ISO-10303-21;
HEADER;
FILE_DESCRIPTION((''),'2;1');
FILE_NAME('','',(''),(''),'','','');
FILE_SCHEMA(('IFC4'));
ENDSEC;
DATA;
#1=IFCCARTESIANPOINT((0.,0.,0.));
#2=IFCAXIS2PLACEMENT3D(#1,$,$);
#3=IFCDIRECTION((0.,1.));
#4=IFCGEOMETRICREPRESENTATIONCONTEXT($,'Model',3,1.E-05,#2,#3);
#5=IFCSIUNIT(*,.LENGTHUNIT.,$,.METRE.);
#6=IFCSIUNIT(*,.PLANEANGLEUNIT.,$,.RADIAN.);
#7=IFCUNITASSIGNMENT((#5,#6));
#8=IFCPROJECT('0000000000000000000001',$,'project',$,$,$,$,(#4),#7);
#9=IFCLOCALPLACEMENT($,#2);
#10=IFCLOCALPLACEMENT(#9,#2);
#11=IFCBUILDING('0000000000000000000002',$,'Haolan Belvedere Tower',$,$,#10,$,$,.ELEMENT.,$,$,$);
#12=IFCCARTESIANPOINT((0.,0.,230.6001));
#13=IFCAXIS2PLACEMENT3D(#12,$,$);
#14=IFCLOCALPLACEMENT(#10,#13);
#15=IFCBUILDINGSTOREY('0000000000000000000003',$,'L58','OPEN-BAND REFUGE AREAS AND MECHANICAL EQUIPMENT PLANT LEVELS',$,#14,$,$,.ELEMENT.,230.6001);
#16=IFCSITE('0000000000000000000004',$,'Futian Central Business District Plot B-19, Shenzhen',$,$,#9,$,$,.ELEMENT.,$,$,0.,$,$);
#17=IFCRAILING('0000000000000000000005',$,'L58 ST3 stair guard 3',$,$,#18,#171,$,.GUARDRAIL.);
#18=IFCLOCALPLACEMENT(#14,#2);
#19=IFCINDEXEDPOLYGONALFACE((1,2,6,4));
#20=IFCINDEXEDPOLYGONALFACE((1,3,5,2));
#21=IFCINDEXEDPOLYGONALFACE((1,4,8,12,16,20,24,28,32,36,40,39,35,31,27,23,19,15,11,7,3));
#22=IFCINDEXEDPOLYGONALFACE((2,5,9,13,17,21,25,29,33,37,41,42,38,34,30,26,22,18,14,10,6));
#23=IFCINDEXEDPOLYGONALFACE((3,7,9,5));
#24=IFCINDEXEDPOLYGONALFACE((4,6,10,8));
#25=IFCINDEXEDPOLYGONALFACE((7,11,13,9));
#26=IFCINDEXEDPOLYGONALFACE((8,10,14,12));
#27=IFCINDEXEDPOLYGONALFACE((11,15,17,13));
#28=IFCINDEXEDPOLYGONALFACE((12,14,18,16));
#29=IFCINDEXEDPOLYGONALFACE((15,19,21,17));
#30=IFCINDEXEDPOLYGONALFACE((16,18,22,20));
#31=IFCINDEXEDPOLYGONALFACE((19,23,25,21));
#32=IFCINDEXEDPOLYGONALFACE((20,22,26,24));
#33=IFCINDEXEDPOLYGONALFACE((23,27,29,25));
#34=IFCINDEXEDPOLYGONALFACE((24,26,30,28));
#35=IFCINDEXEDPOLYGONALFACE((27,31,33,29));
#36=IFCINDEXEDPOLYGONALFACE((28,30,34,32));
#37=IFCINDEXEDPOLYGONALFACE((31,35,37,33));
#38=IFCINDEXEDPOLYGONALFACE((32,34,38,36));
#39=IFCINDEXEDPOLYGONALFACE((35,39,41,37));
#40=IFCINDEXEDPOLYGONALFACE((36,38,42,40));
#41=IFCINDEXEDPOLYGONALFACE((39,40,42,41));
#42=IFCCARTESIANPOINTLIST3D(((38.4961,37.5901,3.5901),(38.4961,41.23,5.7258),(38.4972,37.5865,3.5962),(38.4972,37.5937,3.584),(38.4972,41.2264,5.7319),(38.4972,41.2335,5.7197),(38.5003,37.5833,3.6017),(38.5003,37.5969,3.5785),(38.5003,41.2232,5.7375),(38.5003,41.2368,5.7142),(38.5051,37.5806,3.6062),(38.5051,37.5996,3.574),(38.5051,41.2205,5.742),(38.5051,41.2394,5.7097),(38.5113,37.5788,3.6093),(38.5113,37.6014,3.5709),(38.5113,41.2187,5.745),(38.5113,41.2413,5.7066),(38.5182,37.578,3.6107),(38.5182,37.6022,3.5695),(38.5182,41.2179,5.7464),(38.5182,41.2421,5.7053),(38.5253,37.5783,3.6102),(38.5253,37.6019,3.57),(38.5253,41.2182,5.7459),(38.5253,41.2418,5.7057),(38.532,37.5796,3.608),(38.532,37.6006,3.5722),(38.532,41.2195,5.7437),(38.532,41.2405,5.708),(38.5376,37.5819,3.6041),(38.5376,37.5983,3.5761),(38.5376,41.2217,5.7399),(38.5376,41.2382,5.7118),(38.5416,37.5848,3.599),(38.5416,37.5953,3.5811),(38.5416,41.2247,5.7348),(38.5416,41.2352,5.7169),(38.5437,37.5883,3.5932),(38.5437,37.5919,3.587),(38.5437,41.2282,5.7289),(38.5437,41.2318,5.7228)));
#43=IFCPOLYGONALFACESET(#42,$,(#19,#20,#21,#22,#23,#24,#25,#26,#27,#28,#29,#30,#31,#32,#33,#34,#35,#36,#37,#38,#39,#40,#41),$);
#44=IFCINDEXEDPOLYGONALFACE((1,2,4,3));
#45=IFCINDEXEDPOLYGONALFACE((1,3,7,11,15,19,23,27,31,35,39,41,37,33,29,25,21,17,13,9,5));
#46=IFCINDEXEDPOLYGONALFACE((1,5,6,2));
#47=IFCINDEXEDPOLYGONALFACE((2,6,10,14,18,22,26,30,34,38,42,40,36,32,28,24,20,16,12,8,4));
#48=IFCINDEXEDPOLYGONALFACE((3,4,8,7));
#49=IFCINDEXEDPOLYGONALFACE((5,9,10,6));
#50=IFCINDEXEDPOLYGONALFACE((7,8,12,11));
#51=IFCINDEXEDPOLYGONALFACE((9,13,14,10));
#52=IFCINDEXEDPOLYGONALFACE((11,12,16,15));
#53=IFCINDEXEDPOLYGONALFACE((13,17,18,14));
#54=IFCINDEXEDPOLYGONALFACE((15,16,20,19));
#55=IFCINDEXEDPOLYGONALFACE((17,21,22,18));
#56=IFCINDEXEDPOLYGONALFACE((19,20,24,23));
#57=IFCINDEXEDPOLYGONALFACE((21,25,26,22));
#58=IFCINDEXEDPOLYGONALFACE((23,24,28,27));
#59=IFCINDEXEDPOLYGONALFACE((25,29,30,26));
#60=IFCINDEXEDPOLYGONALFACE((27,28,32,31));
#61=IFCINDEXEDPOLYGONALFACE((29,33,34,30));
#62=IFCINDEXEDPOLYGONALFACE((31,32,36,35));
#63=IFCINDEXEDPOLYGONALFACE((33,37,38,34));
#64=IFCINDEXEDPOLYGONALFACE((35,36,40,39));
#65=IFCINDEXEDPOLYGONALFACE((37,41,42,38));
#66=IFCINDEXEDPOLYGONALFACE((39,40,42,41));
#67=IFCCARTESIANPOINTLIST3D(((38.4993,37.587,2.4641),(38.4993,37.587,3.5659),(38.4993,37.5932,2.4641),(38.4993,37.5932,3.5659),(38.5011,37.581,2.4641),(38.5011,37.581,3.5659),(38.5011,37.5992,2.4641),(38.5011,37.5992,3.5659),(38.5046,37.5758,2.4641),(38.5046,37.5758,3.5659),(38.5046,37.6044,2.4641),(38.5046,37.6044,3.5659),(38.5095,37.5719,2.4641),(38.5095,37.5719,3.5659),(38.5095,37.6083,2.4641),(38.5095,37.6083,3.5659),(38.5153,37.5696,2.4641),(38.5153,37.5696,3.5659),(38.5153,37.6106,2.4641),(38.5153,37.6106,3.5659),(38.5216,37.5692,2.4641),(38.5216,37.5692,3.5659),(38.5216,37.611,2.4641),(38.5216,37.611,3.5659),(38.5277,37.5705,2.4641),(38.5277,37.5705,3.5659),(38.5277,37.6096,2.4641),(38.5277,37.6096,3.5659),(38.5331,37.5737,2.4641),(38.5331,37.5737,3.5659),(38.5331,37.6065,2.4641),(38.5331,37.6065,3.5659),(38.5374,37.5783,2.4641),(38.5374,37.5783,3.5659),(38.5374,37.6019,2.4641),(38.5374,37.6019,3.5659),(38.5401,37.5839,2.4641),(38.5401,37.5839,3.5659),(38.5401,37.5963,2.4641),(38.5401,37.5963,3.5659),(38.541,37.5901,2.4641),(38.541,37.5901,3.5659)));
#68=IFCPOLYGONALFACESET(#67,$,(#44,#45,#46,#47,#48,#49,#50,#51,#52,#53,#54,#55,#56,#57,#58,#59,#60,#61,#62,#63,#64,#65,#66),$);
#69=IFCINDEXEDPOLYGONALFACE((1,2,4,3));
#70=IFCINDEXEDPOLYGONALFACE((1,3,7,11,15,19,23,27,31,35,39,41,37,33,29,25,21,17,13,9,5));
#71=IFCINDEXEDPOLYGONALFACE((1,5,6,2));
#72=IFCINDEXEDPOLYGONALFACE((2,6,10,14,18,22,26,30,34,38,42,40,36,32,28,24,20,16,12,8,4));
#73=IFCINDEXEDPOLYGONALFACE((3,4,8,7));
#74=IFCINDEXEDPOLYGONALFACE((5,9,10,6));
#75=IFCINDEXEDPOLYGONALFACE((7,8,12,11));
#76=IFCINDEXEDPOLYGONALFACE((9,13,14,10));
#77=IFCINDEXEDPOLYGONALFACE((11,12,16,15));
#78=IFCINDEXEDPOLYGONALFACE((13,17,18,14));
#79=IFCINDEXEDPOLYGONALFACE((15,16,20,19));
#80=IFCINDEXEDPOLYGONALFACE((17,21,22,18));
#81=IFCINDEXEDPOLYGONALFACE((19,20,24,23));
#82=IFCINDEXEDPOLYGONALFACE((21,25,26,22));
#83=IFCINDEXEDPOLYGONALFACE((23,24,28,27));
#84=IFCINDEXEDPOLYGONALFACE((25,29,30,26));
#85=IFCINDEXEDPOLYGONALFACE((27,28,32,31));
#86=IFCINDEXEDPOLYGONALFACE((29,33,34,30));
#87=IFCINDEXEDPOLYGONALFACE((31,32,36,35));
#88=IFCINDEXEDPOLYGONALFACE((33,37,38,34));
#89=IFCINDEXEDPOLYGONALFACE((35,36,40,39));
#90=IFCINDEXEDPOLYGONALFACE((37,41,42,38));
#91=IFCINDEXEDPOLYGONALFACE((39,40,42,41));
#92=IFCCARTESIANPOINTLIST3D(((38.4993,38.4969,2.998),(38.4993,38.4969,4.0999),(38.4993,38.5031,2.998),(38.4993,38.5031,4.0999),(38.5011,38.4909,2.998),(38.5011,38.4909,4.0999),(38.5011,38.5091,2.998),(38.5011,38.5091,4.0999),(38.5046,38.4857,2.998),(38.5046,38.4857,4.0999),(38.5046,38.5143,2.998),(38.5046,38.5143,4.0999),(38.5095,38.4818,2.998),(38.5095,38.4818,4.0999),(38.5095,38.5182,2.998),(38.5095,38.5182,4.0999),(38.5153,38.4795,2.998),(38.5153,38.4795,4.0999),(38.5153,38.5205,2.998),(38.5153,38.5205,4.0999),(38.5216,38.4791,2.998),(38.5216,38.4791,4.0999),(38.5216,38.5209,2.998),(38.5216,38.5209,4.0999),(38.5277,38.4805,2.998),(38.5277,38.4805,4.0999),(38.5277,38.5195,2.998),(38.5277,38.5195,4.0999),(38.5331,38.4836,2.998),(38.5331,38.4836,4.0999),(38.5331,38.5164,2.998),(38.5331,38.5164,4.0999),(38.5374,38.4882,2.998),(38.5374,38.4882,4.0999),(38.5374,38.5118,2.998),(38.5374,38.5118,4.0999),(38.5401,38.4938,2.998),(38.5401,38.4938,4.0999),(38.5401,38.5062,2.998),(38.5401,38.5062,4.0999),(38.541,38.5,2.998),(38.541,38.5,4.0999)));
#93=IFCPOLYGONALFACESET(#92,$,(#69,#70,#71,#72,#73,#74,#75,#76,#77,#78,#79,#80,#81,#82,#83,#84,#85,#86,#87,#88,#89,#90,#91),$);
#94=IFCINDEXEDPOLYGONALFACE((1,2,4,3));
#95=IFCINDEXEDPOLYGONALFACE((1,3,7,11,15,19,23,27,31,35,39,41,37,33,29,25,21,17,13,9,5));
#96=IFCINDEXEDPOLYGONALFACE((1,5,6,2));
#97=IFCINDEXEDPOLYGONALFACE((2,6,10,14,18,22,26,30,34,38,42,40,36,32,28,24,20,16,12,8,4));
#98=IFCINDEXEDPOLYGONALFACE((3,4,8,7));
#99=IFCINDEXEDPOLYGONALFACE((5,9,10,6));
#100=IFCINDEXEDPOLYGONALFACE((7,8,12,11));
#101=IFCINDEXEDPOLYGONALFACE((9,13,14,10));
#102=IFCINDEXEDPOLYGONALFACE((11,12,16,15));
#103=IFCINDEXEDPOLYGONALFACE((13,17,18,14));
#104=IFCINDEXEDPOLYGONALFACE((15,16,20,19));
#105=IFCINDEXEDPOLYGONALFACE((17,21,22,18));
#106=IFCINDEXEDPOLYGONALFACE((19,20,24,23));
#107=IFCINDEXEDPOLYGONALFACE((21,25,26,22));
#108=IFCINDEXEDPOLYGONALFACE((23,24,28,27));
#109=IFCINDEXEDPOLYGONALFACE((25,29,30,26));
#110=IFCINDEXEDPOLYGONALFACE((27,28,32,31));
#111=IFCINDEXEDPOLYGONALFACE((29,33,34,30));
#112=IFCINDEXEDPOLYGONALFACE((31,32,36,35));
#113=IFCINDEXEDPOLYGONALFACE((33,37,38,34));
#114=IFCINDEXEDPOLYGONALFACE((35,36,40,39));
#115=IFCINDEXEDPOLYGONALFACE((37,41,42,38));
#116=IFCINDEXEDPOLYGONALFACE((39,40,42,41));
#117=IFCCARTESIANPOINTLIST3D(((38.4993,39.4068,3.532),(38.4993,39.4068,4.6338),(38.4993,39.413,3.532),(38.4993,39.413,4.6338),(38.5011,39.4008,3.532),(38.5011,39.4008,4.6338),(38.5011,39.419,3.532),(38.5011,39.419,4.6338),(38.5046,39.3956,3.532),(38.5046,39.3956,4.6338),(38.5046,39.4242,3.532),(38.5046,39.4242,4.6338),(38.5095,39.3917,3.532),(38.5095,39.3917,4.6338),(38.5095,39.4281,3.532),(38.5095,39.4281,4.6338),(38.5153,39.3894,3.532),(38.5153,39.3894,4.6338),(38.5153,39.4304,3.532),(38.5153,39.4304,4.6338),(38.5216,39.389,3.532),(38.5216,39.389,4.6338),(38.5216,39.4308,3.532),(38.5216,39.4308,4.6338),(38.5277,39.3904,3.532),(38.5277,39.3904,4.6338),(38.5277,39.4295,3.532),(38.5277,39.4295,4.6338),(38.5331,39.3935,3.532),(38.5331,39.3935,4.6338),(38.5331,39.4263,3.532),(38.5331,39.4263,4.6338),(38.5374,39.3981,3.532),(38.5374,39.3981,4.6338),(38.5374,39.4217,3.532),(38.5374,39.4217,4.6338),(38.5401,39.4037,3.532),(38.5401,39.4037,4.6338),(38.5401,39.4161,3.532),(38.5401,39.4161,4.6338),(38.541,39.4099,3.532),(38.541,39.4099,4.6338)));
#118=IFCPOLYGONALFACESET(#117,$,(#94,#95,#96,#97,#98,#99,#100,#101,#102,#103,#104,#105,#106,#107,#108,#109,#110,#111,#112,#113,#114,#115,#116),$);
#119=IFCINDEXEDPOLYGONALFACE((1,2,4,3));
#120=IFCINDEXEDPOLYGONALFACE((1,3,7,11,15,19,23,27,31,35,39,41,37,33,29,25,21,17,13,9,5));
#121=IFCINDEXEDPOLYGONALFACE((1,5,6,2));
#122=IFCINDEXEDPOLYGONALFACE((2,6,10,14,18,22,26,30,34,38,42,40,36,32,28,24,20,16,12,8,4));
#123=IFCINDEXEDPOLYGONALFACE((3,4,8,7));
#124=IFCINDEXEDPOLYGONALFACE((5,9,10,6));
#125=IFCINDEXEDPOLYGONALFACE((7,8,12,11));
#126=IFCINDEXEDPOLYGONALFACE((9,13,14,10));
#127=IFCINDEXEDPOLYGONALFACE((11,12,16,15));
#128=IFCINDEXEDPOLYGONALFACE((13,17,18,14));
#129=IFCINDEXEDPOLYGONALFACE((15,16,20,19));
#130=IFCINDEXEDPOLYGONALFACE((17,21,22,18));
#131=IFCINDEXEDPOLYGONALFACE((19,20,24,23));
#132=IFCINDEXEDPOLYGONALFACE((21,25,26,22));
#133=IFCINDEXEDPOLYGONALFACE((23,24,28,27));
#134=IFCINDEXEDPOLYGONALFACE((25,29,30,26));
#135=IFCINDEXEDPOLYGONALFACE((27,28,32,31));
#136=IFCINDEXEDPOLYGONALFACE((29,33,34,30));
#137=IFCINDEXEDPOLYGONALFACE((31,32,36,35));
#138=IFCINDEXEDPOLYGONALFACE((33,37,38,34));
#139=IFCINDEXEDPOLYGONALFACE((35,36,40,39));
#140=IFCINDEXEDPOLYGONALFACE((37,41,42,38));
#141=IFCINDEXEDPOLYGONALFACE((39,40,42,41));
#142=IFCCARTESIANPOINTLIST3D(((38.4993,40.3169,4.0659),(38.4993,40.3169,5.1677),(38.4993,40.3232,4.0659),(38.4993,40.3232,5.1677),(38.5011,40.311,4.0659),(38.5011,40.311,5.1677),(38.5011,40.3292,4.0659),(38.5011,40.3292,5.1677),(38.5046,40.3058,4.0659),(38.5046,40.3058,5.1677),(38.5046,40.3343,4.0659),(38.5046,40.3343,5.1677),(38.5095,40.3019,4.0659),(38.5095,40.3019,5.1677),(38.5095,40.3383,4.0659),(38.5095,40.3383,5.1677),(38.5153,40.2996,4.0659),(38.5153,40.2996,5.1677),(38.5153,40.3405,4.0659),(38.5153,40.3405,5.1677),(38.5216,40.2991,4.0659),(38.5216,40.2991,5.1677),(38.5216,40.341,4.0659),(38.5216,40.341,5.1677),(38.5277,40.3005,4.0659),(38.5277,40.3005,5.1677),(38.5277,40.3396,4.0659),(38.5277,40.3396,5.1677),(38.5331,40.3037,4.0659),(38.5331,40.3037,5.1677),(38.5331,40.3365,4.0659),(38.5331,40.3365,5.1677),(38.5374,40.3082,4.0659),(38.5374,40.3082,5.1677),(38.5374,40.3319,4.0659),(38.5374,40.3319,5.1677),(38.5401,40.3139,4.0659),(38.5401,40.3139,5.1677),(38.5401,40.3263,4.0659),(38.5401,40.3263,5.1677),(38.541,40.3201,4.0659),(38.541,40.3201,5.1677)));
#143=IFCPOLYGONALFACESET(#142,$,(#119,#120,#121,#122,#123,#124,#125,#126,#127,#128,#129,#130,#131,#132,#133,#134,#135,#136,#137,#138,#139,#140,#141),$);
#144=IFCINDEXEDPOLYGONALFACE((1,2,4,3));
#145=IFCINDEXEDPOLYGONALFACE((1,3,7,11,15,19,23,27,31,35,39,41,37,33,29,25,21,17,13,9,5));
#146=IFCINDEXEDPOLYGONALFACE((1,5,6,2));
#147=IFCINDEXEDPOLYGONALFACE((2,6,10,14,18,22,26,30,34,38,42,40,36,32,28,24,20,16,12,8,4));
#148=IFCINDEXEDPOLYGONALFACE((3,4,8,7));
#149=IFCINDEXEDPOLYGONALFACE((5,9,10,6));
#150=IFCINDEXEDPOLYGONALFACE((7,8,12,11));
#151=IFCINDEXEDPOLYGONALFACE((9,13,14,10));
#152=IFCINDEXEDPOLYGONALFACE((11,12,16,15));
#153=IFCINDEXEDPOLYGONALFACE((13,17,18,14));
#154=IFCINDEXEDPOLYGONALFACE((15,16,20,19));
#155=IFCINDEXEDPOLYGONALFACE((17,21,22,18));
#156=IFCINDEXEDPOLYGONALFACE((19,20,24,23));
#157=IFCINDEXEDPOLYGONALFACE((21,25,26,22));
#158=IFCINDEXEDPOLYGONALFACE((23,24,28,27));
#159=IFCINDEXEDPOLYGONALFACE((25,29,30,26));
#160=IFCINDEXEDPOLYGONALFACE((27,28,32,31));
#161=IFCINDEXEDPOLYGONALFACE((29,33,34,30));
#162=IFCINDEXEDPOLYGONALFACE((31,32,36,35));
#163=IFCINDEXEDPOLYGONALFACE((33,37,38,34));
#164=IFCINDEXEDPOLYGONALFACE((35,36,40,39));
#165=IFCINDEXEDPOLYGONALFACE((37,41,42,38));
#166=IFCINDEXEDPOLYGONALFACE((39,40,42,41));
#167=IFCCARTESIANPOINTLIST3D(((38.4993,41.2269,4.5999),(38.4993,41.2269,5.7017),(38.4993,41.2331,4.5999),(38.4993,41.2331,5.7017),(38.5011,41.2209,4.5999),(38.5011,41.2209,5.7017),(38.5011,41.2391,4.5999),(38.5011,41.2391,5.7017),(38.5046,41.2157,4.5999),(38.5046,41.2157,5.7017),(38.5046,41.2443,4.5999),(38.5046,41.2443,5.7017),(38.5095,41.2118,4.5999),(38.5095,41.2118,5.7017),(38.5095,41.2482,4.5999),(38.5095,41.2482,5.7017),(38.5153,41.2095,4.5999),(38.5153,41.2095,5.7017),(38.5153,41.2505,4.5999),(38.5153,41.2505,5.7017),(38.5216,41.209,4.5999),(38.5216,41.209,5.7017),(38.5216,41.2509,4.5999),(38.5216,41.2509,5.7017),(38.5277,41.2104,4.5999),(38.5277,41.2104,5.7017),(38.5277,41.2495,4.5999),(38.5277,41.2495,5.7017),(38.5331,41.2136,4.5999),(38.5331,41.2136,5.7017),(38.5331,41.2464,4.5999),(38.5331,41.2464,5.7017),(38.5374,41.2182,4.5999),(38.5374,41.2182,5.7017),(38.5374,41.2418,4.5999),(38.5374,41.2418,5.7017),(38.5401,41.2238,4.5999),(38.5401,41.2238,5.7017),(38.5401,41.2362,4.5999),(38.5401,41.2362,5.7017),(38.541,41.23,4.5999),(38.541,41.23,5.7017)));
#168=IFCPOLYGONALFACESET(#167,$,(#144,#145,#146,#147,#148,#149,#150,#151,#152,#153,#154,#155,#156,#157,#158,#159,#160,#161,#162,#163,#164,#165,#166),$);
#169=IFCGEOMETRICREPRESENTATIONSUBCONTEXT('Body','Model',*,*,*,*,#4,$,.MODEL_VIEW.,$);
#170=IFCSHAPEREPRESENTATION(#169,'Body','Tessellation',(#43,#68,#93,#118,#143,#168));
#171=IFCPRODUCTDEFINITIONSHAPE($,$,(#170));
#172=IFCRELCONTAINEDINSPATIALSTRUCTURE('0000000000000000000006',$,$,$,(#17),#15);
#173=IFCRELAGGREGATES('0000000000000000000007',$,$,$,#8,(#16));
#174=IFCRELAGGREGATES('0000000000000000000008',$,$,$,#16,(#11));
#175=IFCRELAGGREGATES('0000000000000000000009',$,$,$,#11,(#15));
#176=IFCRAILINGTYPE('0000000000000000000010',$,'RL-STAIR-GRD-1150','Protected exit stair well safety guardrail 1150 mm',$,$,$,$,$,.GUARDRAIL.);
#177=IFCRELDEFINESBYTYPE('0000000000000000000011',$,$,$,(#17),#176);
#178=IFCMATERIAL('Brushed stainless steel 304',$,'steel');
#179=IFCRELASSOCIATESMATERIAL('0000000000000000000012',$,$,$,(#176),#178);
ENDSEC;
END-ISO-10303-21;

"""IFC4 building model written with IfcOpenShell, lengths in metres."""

from ifc_helpers import new_model, si_unit, direction, frame, origin, origin_2d, place, context, subcontext, project, spatial, circle, extrude, material, type_object, element, save


model = new_model("IFC4")

# Units and contexts
model_context = context("Model", 3, precision=1e-05, world=origin(), true_north=direction((0.0, 1.0)))
body_context = subcontext(model_context, "Body", "Model", "MODEL_VIEW")
ifc_project = project(units=[si_unit("LENGTHUNIT", "METRE"), si_unit("PLANEANGLEUNIT", "RADIAN")], contexts=[model_context])

# Site, building, storey
site_placement = place(None, origin())
site = spatial("IfcSite", under=ifc_project, at=site_placement, Name="Futian Central Business District Plot B-19, Shenzhen", CompositionType="ELEMENT", RefElevation=0.0)
building_placement = place(site_placement, origin())
building = spatial("IfcBuilding", under=site, at=building_placement, Name="Haolan Belvedere Tower", CompositionType="ELEMENT")
storey_placement = place(building_placement, frame((0.0, 0.0, 230.6001)))
storey = spatial("IfcBuildingStorey", under=building, at=storey_placement, Name="L58", Description="OPEN-BAND REFUGE AREAS AND MECHANICAL EQUIPMENT PLANT LEVELS", CompositionType="ELEMENT", Elevation=230.6001)

# Railing
ifc_material_1 = material(Name="Brushed stainless steel 304", Category="steel")
railing_type_1 = type_object("IfcRailingType", Name="RL-STAIR-GRD-1150", Description="Protected exit stair well safety guardrail 1150 mm", PredefinedType="GUARDRAIL", material=ifc_material_1)
railing_1_placement = place(storey_placement, frame((38.52, 37.5901, 2.4641)))
element("IfcRailing", 1, at=railing_1_placement, inside=storey, type_object=railing_type_1, Name="L58 ST3 stair guard 3", PredefinedType="GUARDRAIL", context=body_context, shape_type="SweptSolid", body=[
    extrude(circle(Radius=0.0239, at=origin_2d()), frame((0.0, 0.0, 1.126), z_axis=(0.0, 0.86249, 0.506074), x_axis=(-1.0, 0.0, 0.0)), (0.0, 0.0, 1.0), 4.2202),
    extrude(circle(Radius=0.021, at=origin_2d()), origin(), (0.0, 0.0, 1.0), 1.1018),
    extrude(circle(Radius=0.021, at=origin_2d()), frame((0.0, 0.9099, 0.5339)), (0.0, 0.0, 1.0), 1.1018),
    extrude(circle(Radius=0.021, at=origin_2d()), frame((0.0, 1.8198, 1.0679)), (0.0, 0.0, 1.0), 1.1018),
    extrude(circle(Radius=0.021, at=origin_2d()), frame((0.0, 2.73, 1.6018)), (0.0, 0.0, 1.0), 1.1018),
    extrude(circle(Radius=0.021, at=origin_2d()), frame((0.0, 3.6399, 2.1357)), (0.0, 0.0, 1.0), 1.1018),
])

save(model, "model.ifc")
